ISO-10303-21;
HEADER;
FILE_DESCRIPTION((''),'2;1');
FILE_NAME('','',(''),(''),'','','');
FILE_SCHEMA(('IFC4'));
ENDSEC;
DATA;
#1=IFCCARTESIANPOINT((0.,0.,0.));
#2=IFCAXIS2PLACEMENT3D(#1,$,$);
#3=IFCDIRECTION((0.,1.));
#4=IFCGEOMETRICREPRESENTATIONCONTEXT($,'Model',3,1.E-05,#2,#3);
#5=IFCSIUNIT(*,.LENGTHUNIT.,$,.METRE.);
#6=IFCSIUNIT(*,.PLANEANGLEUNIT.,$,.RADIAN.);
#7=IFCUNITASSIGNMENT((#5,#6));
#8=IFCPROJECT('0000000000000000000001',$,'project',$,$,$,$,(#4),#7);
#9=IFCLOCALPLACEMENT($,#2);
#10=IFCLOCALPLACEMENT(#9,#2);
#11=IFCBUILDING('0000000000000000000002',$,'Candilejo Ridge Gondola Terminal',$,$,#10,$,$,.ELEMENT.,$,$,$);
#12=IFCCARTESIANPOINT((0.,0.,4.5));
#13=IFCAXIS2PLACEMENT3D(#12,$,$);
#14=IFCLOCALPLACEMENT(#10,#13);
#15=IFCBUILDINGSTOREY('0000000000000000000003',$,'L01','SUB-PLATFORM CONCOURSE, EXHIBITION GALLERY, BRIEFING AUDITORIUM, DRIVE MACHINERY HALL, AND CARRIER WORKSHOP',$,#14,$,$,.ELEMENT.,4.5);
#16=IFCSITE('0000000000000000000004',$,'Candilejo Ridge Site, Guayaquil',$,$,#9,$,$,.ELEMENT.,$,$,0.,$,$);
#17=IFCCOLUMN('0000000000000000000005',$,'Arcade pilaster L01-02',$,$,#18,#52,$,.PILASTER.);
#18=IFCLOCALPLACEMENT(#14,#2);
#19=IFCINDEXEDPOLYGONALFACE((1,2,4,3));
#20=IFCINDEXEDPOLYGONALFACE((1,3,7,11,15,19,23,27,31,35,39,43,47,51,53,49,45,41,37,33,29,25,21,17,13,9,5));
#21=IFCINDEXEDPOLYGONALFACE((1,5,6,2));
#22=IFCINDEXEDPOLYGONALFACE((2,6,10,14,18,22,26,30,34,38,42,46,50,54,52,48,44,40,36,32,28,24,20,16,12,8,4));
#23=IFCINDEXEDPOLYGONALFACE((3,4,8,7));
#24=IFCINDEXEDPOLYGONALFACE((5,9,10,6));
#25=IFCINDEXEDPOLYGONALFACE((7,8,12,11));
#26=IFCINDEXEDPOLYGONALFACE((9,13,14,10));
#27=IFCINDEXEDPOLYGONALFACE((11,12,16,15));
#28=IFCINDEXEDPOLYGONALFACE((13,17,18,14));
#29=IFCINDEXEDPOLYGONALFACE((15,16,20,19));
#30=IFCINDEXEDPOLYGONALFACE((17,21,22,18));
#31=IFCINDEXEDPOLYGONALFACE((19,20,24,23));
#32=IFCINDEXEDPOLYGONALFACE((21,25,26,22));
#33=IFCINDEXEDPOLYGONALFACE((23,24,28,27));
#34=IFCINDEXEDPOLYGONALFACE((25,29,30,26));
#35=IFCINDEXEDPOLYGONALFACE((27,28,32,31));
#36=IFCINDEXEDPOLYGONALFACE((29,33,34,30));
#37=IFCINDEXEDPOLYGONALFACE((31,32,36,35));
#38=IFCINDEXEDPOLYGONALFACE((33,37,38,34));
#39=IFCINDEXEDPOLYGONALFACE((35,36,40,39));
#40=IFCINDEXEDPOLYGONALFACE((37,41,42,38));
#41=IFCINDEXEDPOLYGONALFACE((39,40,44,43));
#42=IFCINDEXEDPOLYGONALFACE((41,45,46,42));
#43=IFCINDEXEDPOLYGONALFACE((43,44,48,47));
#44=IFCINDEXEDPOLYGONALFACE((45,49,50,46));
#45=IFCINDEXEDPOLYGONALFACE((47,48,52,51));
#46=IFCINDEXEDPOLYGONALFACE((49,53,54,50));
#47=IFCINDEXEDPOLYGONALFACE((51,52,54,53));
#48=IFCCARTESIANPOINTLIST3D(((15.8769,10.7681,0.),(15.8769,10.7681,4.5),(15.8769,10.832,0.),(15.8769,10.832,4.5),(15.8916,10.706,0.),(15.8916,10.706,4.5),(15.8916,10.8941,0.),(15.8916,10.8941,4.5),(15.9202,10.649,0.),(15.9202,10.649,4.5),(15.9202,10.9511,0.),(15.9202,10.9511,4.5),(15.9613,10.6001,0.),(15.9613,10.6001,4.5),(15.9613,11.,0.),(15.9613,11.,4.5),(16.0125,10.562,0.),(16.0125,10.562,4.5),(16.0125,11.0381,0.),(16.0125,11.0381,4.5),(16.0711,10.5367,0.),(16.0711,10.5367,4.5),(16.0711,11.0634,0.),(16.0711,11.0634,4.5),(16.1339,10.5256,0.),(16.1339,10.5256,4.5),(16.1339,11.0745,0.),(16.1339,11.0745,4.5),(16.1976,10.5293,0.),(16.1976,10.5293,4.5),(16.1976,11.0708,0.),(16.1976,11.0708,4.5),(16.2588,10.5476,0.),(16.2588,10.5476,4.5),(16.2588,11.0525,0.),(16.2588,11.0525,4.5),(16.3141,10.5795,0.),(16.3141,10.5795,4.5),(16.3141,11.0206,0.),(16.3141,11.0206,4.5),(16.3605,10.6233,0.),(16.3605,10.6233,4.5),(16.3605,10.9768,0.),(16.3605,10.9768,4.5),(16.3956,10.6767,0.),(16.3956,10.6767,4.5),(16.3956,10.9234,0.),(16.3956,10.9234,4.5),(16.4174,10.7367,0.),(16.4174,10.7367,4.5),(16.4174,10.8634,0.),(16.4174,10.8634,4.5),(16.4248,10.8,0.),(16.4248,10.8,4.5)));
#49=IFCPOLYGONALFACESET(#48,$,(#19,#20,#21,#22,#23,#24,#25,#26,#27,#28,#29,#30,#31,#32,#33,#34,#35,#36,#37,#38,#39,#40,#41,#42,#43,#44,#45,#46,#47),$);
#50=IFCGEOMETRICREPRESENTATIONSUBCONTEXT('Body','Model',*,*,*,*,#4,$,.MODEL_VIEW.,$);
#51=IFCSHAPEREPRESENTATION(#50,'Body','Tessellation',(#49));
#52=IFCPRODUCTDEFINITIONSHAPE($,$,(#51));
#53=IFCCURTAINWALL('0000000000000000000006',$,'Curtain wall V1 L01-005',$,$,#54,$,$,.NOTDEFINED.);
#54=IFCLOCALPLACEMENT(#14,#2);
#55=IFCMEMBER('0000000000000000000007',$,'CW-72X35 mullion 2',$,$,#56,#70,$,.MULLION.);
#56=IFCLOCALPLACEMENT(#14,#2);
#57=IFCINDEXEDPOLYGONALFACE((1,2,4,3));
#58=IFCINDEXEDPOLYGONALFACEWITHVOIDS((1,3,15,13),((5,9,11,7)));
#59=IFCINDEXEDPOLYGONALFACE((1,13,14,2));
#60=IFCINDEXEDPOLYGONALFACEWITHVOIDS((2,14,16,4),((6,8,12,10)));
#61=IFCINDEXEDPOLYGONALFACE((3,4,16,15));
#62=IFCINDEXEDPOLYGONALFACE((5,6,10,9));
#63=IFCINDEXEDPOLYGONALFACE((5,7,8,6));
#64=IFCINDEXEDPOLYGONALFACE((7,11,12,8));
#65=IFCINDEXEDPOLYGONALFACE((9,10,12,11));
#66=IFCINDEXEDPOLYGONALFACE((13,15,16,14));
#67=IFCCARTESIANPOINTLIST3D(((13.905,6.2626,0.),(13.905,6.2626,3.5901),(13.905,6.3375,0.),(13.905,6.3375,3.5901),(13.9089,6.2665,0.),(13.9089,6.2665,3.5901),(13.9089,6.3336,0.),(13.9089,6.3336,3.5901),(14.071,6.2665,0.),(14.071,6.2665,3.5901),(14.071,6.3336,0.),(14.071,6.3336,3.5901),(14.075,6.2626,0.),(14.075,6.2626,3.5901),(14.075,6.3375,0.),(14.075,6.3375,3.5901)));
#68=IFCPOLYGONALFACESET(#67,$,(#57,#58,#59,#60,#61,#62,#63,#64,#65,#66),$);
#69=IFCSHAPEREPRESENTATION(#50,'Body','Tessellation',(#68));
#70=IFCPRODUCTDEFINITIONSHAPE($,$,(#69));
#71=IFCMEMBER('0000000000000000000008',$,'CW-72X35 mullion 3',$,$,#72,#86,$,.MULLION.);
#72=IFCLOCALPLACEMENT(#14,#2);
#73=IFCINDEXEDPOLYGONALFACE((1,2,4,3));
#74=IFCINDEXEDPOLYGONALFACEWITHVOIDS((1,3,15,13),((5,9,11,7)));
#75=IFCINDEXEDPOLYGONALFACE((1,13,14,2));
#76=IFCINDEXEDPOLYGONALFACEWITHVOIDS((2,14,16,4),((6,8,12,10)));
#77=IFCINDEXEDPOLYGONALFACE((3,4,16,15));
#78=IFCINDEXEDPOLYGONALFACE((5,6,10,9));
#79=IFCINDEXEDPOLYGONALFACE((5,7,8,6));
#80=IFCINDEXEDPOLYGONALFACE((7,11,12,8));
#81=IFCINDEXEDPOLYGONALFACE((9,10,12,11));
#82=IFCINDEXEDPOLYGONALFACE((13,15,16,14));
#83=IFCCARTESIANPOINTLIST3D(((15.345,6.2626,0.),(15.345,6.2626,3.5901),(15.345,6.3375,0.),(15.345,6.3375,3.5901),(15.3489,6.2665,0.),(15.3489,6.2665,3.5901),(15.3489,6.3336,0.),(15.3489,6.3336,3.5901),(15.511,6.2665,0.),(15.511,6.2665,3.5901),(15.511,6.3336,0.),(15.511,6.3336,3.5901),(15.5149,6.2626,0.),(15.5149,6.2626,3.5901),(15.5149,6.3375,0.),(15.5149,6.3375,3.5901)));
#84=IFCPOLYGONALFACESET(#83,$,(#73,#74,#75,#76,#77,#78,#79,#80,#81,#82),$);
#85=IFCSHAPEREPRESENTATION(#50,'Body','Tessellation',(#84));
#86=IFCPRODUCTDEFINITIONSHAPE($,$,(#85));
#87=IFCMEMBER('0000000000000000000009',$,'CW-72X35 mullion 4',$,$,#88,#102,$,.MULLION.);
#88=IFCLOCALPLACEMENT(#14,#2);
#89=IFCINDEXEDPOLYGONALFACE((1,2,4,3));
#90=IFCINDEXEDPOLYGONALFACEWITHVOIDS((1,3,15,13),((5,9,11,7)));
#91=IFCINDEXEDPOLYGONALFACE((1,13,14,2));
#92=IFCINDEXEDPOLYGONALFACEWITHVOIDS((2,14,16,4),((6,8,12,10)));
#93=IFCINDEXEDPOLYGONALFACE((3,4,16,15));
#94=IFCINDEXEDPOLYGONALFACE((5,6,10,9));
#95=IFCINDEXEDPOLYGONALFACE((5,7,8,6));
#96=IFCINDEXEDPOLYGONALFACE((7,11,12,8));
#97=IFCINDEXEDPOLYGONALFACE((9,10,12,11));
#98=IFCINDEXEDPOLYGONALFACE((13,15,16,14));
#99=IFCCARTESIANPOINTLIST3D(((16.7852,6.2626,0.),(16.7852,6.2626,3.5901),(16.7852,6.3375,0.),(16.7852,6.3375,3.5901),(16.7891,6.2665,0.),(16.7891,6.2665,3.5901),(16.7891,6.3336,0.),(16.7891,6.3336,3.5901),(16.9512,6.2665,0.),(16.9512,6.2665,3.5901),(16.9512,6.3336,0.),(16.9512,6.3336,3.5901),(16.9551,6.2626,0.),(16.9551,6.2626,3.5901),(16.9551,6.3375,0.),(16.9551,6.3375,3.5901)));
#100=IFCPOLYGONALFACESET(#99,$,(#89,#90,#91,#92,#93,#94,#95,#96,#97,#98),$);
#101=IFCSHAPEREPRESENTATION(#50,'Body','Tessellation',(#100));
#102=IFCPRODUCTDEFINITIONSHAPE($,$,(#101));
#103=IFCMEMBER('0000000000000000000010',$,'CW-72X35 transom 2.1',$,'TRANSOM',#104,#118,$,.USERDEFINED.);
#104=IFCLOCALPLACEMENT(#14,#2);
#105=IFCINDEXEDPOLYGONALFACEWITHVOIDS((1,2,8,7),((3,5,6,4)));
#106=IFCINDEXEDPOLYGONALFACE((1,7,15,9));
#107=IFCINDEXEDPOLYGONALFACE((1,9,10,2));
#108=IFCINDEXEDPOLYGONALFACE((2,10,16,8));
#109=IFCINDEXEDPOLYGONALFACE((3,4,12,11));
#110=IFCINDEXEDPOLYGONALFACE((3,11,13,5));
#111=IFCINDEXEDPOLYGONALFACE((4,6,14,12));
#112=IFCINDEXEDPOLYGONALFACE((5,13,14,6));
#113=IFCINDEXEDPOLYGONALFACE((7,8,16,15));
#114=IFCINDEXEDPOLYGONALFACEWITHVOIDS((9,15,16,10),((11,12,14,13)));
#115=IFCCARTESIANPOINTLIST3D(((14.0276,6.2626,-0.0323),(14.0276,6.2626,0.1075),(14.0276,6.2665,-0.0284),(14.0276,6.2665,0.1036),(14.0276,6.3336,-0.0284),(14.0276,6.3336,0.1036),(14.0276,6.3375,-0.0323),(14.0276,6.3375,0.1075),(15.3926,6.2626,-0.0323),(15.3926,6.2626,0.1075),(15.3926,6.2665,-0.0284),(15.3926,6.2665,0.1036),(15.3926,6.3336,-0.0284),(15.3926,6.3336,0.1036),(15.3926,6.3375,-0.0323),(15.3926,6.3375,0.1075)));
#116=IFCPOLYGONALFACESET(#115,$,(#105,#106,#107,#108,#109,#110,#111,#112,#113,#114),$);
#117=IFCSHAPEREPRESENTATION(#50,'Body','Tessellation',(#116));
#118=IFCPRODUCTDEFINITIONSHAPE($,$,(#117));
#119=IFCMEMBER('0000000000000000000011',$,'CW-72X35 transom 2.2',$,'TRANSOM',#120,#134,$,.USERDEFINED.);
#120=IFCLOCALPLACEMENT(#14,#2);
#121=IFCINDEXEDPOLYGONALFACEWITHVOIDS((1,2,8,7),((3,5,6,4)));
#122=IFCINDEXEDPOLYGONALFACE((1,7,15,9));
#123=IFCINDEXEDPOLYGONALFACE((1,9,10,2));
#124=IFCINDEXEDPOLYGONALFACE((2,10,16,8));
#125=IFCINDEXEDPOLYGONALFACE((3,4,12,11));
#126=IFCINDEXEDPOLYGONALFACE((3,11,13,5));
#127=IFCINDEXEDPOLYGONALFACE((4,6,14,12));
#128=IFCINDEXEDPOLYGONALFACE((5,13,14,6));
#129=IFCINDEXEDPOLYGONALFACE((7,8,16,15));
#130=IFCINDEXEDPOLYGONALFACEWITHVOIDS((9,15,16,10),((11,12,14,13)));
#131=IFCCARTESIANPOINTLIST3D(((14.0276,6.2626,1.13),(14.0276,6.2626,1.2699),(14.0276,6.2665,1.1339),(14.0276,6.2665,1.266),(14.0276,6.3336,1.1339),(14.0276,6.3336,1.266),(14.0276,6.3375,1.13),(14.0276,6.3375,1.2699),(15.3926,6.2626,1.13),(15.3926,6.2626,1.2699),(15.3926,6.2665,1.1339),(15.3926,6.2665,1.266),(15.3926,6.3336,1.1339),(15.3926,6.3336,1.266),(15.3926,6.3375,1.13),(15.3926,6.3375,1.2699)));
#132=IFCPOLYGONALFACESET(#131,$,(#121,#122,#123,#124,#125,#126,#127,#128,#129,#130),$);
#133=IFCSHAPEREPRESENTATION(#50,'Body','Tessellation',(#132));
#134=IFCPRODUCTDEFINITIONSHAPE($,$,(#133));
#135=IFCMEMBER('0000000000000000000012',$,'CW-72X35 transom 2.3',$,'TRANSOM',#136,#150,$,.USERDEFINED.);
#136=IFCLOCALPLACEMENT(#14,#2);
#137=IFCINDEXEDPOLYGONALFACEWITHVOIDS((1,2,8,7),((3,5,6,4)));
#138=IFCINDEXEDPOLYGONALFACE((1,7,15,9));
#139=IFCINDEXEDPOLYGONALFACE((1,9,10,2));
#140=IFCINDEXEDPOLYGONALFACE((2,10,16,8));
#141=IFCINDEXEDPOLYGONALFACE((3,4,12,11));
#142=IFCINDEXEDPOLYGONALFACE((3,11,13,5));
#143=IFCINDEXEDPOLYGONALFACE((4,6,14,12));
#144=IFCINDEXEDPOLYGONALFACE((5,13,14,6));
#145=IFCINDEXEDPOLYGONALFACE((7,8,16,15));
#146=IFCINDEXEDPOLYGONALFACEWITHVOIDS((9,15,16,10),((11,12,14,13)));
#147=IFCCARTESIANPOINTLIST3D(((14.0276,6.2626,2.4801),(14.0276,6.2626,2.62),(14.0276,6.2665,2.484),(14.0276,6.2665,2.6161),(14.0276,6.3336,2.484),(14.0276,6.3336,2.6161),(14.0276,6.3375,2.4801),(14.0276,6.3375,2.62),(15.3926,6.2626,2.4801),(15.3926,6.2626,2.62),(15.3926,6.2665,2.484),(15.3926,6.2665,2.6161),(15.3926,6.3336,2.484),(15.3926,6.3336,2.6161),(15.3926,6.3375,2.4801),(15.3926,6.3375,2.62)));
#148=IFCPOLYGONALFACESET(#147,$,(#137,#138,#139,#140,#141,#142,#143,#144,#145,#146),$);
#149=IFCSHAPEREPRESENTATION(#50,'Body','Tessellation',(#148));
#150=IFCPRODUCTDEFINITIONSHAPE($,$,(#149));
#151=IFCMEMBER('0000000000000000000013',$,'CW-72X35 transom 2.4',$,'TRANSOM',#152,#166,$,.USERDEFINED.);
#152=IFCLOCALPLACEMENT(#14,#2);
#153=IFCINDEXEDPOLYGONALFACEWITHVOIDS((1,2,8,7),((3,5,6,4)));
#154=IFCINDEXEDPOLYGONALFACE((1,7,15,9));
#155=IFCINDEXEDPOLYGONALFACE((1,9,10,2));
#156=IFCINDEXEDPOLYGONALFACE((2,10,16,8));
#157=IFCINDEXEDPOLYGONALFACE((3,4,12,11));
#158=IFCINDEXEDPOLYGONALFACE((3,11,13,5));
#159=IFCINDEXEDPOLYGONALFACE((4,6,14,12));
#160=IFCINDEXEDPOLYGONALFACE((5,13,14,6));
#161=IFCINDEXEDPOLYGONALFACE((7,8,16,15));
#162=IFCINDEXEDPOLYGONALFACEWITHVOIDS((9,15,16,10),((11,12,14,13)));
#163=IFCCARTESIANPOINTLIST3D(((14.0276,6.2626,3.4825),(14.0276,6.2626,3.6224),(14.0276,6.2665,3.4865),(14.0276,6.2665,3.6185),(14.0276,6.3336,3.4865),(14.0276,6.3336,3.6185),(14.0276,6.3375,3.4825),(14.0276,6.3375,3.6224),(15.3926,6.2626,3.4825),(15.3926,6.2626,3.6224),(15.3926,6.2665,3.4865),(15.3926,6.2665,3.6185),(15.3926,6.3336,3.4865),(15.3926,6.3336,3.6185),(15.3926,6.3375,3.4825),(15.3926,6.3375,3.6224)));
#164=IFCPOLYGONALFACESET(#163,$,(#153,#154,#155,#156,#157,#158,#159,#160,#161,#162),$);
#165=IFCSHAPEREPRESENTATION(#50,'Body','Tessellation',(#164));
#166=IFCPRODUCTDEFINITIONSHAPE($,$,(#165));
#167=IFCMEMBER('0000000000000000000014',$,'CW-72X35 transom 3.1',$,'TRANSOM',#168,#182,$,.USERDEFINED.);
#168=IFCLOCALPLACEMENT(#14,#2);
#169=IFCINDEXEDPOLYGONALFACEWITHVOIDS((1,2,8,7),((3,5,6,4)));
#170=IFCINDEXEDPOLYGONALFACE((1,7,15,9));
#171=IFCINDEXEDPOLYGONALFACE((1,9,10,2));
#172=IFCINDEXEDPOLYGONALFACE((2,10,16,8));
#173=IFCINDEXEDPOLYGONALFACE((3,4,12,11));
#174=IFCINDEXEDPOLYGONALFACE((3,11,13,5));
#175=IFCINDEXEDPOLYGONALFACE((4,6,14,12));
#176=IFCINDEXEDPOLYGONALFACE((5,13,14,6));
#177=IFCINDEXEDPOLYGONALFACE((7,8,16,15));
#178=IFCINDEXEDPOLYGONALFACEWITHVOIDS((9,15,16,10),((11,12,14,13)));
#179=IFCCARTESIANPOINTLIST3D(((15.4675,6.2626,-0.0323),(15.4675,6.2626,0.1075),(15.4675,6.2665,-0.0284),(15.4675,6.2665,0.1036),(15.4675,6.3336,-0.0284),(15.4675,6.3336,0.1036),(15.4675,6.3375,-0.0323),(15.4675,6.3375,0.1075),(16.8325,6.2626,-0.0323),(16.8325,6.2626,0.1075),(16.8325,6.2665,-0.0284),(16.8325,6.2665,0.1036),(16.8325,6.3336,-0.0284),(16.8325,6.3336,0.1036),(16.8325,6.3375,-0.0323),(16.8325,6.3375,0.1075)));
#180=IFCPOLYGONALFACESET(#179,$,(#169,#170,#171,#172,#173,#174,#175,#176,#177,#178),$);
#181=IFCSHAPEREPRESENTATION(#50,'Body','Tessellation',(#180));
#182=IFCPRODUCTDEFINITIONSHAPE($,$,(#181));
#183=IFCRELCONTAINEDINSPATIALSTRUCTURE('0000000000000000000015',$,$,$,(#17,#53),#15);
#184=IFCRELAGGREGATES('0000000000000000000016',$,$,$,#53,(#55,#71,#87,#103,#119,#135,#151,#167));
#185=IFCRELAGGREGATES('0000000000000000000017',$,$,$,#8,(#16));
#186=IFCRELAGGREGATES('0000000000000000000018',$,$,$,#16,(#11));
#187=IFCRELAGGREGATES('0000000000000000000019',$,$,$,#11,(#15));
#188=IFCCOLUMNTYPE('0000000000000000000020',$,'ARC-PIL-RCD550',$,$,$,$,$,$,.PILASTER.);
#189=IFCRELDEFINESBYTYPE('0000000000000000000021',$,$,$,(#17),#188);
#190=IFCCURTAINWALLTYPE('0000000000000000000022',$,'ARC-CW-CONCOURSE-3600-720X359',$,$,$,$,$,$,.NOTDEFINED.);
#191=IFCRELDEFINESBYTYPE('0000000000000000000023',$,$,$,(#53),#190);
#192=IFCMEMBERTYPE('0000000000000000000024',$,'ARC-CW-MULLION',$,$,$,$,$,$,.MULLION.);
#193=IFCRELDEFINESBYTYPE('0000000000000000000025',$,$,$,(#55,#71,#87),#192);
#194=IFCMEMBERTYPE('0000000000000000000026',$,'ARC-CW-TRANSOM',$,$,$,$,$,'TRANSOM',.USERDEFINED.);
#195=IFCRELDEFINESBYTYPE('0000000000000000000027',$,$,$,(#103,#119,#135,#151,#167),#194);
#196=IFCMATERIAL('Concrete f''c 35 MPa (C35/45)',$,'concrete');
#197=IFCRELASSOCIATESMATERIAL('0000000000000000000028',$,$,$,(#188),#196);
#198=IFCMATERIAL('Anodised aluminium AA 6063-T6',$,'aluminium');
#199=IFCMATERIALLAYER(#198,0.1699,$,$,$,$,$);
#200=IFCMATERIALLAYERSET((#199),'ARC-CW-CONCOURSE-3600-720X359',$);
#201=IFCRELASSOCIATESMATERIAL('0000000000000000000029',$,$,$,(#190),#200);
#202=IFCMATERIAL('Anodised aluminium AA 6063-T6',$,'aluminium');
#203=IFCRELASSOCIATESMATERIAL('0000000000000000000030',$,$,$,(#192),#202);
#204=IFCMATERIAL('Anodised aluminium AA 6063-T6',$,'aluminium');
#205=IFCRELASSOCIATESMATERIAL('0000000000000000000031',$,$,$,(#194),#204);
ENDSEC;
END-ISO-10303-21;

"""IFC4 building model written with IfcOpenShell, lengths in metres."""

from ifc_helpers import new_model, si_unit, direction, frame, origin, origin_2d, place, context, subcontext, project, spatial, hollow_rectangle, circle, extrude, material, layer, layer_set, material_profile, profile_set, type_object, element, aggregate, save


model = new_model("IFC4")

# Units and contexts
model_context = context("Model", 3, precision=1e-05, world=origin(), true_north=direction((0.0, 1.0)))
body_context = subcontext(model_context, "Body", "Model", "MODEL_VIEW")
ifc_project = project(units=[si_unit("LENGTHUNIT", "METRE"), si_unit("PLANEANGLEUNIT", "RADIAN")], contexts=[model_context])

# Site, building, storey
site_placement = place(None, origin())
site = spatial("IfcSite", under=ifc_project, at=site_placement, Name="Candilejo Ridge Site, Guayaquil", CompositionType="ELEMENT", RefElevation=0.0)
building_placement = place(site_placement, origin())
building = spatial("IfcBuilding", under=site, at=building_placement, Name="Candilejo Ridge Gondola Terminal", CompositionType="ELEMENT")
storey_placement = place(building_placement, frame((0.0, 0.0, 4.5)))
storey = spatial("IfcBuildingStorey", under=building, at=storey_placement, Name="L01", Description="SUB-PLATFORM CONCOURSE, EXHIBITION GALLERY, BRIEFING AUDITORIUM, DRIVE MACHINERY HALL, AND CARRIER WORKSHOP", CompositionType="ELEMENT", Elevation=4.5)

# Column
ifc_material_1 = material(Name="Concrete f'c 35 MPa (C35/45)", Category="concrete")
ifc_material_profile_1 = material_profile(ifc_material_1, circle(Radius=0.2749, at=origin_2d()))
ifc_profile_set_1 = profile_set([ifc_material_profile_1], Name="Concrete f'c 35 MPa (C35/45)")
column_type = type_object("IfcColumnType", Name="ARC-PIL-RCD550", PredefinedType="PILASTER", material=ifc_profile_set_1)
column_placement = place(storey_placement, frame((16.1499, 10.8, 0.0), z_axis=(0.0, 0.0, 1.0), x_axis=(1.0, 0.0, 0.0)))
element("IfcColumn", 1, at=column_placement, inside=storey, type_object=column_type, Name="Arcade pilaster L01-02", PredefinedType="PILASTER", context=body_context, shape_type="SweptSolid", body=[
    extrude(circle(Radius=0.2749, at=origin_2d()), origin(), (0.0, 0.0, 1.0), 4.5),
])

# Curtain wall, members
ifc_material_2 = material(Name="Anodised aluminium AA 6063-T6", Category="aluminium")
ifc_layer_1 = layer(ifc_material_2, 0.1699)
ifc_layer_set_1 = layer_set([ifc_layer_1], Name="ARC-CW-CONCOURSE-3600-720X359")
curtain_wall_type = type_object("IfcCurtainWallType", Name="ARC-CW-CONCOURSE-3600-720X359", PredefinedType="NOTDEFINED", material=ifc_layer_set_1)
curtain_wall_placement = place(storey_placement, origin())
curtain_wall = element("IfcCurtainWall", 2, at=curtain_wall_placement, inside=storey, type_object=curtain_wall_type, Name="Curtain wall V1 L01-005", PredefinedType="NOTDEFINED")
ifc_material_3 = material(Name="Anodised aluminium AA 6063-T6", Category="aluminium")
ifc_material_profile_2 = material_profile(ifc_material_3, hollow_rectangle(XDim=0.075, YDim=0.1699, WallThickness=0.0039, at=origin_2d()))
ifc_profile_set_2 = profile_set([ifc_material_profile_2], Name="Anodised aluminium AA 6063-T6")
member_type_1 = type_object("IfcMemberType", Name="ARC-CW-MULLION", PredefinedType="MULLION", material=ifc_profile_set_2)
member_1_placement = place(storey_placement, frame((13.99, 6.3, 0.0), z_axis=(0.0, 0.0, 1.0), x_axis=(0.0, 1.0, 0.0)))
member_1 = element("IfcMember", 3, at=member_1_placement, type_object=member_type_1, Name="CW-72X35 mullion 2", PredefinedType="MULLION", context=body_context, shape_type="SweptSolid", body=[
    extrude(hollow_rectangle(XDim=0.075, YDim=0.1699, WallThickness=0.0039, at=origin_2d()), origin(), (0.0, 0.0, 1.0), 3.5901),
])
member_2_placement = place(storey_placement, frame((15.4299, 6.3, 0.0), z_axis=(0.0, 0.0, 1.0), x_axis=(0.0, 1.0, 0.0)))
member_2 = element("IfcMember", 4, at=member_2_placement, type_object=member_type_1, Name="CW-72X35 mullion 3", PredefinedType="MULLION", context=body_context, shape_type="SweptSolid", body=[
    extrude(hollow_rectangle(XDim=0.075, YDim=0.1699, WallThickness=0.0039, at=origin_2d()), origin(), (0.0, 0.0, 1.0), 3.5901),
])
member_3_placement = place(storey_placement, frame((16.8701, 6.3, 0.0), z_axis=(0.0, 0.0, 1.0), x_axis=(0.0, 1.0, 0.0)))
member_3 = element("IfcMember", 5, at=member_3_placement, type_object=member_type_1, Name="CW-72X35 mullion 4", PredefinedType="MULLION", context=body_context, shape_type="SweptSolid", body=[
    extrude(hollow_rectangle(XDim=0.075, YDim=0.1699, WallThickness=0.0039, at=origin_2d()), origin(), (0.0, 0.0, 1.0), 3.5901),
])
ifc_material_4 = material(Name="Anodised aluminium AA 6063-T6", Category="aluminium")
ifc_material_profile_3 = material_profile(ifc_material_4, hollow_rectangle(XDim=0.075, YDim=0.1399, WallThickness=0.0039, at=origin_2d()))
ifc_profile_set_3 = profile_set([ifc_material_profile_3], Name="Anodised aluminium AA 6063-T6")
member_type_2 = type_object("IfcMemberType", Name="ARC-CW-TRANSOM", ElementType="TRANSOM", PredefinedType="USERDEFINED", material=ifc_profile_set_3)
member_4_placement = place(storey_placement, frame((14.0276, 6.3, 0.0376), z_axis=(1.0, 0.0, 0.0), x_axis=(0.0, 1.0, 0.0)))
member_4 = element("IfcMember", 6, at=member_4_placement, type_object=member_type_2, Name="CW-72X35 transom 2.1", ObjectType="TRANSOM", PredefinedType="USERDEFINED", context=body_context, shape_type="SweptSolid", body=[
    extrude(hollow_rectangle(XDim=0.075, YDim=0.1399, WallThickness=0.0039, at=origin_2d()), origin(), (0.0, 0.0, 1.0), 1.365),
])
member_5_placement = place(storey_placement, frame((14.0276, 6.3, 1.2), z_axis=(1.0, 0.0, 0.0), x_axis=(0.0, 1.0, 0.0)))
member_5 = element("IfcMember", 7, at=member_5_placement, type_object=member_type_2, Name="CW-72X35 transom 2.2", ObjectType="TRANSOM", PredefinedType="USERDEFINED", context=body_context, shape_type="SweptSolid", body=[
    extrude(hollow_rectangle(XDim=0.075, YDim=0.1399, WallThickness=0.0039, at=origin_2d()), origin(), (0.0, 0.0, 1.0), 1.365),
])
member_6_placement = place(storey_placement, frame((14.0276, 6.3, 2.55), z_axis=(1.0, 0.0, 0.0), x_axis=(0.0, 1.0, 0.0)))
member_6 = element("IfcMember", 8, at=member_6_placement, type_object=member_type_2, Name="CW-72X35 transom 2.3", ObjectType="TRANSOM", PredefinedType="USERDEFINED", context=body_context, shape_type="SweptSolid", body=[
    extrude(hollow_rectangle(XDim=0.075, YDim=0.1399, WallThickness=0.0039, at=origin_2d()), origin(), (0.0, 0.0, 1.0), 1.365),
])
member_7_placement = place(storey_placement, frame((14.0276, 6.3, 3.5525), z_axis=(1.0, 0.0, 0.0), x_axis=(0.0, 1.0, 0.0)))
member_7 = element("IfcMember", 9, at=member_7_placement, type_object=member_type_2, Name="CW-72X35 transom 2.4", ObjectType="TRANSOM", PredefinedType="USERDEFINED", context=body_context, shape_type="SweptSolid", body=[
    extrude(hollow_rectangle(XDim=0.075, YDim=0.1399, WallThickness=0.0039, at=origin_2d()), origin(), (0.0, 0.0, 1.0), 1.365),
])
member_8_placement = place(storey_placement, frame((15.4675, 6.3, 0.0376), z_axis=(1.0, 0.0, 0.0), x_axis=(0.0, 1.0, 0.0)))
member_8 = element("IfcMember", 10, at=member_8_placement, type_object=member_type_2, Name="CW-72X35 transom 3.1", ObjectType="TRANSOM", PredefinedType="USERDEFINED", context=body_context, shape_type="SweptSolid", body=[
    extrude(hollow_rectangle(XDim=0.075, YDim=0.1399, WallThickness=0.0039, at=origin_2d()), origin(), (0.0, 0.0, 1.0), 1.365),
])

aggregate(curtain_wall, [member_1, member_2, member_3, member_4, member_5, member_6, member_7, member_8])

save(model, "model.ifc")
